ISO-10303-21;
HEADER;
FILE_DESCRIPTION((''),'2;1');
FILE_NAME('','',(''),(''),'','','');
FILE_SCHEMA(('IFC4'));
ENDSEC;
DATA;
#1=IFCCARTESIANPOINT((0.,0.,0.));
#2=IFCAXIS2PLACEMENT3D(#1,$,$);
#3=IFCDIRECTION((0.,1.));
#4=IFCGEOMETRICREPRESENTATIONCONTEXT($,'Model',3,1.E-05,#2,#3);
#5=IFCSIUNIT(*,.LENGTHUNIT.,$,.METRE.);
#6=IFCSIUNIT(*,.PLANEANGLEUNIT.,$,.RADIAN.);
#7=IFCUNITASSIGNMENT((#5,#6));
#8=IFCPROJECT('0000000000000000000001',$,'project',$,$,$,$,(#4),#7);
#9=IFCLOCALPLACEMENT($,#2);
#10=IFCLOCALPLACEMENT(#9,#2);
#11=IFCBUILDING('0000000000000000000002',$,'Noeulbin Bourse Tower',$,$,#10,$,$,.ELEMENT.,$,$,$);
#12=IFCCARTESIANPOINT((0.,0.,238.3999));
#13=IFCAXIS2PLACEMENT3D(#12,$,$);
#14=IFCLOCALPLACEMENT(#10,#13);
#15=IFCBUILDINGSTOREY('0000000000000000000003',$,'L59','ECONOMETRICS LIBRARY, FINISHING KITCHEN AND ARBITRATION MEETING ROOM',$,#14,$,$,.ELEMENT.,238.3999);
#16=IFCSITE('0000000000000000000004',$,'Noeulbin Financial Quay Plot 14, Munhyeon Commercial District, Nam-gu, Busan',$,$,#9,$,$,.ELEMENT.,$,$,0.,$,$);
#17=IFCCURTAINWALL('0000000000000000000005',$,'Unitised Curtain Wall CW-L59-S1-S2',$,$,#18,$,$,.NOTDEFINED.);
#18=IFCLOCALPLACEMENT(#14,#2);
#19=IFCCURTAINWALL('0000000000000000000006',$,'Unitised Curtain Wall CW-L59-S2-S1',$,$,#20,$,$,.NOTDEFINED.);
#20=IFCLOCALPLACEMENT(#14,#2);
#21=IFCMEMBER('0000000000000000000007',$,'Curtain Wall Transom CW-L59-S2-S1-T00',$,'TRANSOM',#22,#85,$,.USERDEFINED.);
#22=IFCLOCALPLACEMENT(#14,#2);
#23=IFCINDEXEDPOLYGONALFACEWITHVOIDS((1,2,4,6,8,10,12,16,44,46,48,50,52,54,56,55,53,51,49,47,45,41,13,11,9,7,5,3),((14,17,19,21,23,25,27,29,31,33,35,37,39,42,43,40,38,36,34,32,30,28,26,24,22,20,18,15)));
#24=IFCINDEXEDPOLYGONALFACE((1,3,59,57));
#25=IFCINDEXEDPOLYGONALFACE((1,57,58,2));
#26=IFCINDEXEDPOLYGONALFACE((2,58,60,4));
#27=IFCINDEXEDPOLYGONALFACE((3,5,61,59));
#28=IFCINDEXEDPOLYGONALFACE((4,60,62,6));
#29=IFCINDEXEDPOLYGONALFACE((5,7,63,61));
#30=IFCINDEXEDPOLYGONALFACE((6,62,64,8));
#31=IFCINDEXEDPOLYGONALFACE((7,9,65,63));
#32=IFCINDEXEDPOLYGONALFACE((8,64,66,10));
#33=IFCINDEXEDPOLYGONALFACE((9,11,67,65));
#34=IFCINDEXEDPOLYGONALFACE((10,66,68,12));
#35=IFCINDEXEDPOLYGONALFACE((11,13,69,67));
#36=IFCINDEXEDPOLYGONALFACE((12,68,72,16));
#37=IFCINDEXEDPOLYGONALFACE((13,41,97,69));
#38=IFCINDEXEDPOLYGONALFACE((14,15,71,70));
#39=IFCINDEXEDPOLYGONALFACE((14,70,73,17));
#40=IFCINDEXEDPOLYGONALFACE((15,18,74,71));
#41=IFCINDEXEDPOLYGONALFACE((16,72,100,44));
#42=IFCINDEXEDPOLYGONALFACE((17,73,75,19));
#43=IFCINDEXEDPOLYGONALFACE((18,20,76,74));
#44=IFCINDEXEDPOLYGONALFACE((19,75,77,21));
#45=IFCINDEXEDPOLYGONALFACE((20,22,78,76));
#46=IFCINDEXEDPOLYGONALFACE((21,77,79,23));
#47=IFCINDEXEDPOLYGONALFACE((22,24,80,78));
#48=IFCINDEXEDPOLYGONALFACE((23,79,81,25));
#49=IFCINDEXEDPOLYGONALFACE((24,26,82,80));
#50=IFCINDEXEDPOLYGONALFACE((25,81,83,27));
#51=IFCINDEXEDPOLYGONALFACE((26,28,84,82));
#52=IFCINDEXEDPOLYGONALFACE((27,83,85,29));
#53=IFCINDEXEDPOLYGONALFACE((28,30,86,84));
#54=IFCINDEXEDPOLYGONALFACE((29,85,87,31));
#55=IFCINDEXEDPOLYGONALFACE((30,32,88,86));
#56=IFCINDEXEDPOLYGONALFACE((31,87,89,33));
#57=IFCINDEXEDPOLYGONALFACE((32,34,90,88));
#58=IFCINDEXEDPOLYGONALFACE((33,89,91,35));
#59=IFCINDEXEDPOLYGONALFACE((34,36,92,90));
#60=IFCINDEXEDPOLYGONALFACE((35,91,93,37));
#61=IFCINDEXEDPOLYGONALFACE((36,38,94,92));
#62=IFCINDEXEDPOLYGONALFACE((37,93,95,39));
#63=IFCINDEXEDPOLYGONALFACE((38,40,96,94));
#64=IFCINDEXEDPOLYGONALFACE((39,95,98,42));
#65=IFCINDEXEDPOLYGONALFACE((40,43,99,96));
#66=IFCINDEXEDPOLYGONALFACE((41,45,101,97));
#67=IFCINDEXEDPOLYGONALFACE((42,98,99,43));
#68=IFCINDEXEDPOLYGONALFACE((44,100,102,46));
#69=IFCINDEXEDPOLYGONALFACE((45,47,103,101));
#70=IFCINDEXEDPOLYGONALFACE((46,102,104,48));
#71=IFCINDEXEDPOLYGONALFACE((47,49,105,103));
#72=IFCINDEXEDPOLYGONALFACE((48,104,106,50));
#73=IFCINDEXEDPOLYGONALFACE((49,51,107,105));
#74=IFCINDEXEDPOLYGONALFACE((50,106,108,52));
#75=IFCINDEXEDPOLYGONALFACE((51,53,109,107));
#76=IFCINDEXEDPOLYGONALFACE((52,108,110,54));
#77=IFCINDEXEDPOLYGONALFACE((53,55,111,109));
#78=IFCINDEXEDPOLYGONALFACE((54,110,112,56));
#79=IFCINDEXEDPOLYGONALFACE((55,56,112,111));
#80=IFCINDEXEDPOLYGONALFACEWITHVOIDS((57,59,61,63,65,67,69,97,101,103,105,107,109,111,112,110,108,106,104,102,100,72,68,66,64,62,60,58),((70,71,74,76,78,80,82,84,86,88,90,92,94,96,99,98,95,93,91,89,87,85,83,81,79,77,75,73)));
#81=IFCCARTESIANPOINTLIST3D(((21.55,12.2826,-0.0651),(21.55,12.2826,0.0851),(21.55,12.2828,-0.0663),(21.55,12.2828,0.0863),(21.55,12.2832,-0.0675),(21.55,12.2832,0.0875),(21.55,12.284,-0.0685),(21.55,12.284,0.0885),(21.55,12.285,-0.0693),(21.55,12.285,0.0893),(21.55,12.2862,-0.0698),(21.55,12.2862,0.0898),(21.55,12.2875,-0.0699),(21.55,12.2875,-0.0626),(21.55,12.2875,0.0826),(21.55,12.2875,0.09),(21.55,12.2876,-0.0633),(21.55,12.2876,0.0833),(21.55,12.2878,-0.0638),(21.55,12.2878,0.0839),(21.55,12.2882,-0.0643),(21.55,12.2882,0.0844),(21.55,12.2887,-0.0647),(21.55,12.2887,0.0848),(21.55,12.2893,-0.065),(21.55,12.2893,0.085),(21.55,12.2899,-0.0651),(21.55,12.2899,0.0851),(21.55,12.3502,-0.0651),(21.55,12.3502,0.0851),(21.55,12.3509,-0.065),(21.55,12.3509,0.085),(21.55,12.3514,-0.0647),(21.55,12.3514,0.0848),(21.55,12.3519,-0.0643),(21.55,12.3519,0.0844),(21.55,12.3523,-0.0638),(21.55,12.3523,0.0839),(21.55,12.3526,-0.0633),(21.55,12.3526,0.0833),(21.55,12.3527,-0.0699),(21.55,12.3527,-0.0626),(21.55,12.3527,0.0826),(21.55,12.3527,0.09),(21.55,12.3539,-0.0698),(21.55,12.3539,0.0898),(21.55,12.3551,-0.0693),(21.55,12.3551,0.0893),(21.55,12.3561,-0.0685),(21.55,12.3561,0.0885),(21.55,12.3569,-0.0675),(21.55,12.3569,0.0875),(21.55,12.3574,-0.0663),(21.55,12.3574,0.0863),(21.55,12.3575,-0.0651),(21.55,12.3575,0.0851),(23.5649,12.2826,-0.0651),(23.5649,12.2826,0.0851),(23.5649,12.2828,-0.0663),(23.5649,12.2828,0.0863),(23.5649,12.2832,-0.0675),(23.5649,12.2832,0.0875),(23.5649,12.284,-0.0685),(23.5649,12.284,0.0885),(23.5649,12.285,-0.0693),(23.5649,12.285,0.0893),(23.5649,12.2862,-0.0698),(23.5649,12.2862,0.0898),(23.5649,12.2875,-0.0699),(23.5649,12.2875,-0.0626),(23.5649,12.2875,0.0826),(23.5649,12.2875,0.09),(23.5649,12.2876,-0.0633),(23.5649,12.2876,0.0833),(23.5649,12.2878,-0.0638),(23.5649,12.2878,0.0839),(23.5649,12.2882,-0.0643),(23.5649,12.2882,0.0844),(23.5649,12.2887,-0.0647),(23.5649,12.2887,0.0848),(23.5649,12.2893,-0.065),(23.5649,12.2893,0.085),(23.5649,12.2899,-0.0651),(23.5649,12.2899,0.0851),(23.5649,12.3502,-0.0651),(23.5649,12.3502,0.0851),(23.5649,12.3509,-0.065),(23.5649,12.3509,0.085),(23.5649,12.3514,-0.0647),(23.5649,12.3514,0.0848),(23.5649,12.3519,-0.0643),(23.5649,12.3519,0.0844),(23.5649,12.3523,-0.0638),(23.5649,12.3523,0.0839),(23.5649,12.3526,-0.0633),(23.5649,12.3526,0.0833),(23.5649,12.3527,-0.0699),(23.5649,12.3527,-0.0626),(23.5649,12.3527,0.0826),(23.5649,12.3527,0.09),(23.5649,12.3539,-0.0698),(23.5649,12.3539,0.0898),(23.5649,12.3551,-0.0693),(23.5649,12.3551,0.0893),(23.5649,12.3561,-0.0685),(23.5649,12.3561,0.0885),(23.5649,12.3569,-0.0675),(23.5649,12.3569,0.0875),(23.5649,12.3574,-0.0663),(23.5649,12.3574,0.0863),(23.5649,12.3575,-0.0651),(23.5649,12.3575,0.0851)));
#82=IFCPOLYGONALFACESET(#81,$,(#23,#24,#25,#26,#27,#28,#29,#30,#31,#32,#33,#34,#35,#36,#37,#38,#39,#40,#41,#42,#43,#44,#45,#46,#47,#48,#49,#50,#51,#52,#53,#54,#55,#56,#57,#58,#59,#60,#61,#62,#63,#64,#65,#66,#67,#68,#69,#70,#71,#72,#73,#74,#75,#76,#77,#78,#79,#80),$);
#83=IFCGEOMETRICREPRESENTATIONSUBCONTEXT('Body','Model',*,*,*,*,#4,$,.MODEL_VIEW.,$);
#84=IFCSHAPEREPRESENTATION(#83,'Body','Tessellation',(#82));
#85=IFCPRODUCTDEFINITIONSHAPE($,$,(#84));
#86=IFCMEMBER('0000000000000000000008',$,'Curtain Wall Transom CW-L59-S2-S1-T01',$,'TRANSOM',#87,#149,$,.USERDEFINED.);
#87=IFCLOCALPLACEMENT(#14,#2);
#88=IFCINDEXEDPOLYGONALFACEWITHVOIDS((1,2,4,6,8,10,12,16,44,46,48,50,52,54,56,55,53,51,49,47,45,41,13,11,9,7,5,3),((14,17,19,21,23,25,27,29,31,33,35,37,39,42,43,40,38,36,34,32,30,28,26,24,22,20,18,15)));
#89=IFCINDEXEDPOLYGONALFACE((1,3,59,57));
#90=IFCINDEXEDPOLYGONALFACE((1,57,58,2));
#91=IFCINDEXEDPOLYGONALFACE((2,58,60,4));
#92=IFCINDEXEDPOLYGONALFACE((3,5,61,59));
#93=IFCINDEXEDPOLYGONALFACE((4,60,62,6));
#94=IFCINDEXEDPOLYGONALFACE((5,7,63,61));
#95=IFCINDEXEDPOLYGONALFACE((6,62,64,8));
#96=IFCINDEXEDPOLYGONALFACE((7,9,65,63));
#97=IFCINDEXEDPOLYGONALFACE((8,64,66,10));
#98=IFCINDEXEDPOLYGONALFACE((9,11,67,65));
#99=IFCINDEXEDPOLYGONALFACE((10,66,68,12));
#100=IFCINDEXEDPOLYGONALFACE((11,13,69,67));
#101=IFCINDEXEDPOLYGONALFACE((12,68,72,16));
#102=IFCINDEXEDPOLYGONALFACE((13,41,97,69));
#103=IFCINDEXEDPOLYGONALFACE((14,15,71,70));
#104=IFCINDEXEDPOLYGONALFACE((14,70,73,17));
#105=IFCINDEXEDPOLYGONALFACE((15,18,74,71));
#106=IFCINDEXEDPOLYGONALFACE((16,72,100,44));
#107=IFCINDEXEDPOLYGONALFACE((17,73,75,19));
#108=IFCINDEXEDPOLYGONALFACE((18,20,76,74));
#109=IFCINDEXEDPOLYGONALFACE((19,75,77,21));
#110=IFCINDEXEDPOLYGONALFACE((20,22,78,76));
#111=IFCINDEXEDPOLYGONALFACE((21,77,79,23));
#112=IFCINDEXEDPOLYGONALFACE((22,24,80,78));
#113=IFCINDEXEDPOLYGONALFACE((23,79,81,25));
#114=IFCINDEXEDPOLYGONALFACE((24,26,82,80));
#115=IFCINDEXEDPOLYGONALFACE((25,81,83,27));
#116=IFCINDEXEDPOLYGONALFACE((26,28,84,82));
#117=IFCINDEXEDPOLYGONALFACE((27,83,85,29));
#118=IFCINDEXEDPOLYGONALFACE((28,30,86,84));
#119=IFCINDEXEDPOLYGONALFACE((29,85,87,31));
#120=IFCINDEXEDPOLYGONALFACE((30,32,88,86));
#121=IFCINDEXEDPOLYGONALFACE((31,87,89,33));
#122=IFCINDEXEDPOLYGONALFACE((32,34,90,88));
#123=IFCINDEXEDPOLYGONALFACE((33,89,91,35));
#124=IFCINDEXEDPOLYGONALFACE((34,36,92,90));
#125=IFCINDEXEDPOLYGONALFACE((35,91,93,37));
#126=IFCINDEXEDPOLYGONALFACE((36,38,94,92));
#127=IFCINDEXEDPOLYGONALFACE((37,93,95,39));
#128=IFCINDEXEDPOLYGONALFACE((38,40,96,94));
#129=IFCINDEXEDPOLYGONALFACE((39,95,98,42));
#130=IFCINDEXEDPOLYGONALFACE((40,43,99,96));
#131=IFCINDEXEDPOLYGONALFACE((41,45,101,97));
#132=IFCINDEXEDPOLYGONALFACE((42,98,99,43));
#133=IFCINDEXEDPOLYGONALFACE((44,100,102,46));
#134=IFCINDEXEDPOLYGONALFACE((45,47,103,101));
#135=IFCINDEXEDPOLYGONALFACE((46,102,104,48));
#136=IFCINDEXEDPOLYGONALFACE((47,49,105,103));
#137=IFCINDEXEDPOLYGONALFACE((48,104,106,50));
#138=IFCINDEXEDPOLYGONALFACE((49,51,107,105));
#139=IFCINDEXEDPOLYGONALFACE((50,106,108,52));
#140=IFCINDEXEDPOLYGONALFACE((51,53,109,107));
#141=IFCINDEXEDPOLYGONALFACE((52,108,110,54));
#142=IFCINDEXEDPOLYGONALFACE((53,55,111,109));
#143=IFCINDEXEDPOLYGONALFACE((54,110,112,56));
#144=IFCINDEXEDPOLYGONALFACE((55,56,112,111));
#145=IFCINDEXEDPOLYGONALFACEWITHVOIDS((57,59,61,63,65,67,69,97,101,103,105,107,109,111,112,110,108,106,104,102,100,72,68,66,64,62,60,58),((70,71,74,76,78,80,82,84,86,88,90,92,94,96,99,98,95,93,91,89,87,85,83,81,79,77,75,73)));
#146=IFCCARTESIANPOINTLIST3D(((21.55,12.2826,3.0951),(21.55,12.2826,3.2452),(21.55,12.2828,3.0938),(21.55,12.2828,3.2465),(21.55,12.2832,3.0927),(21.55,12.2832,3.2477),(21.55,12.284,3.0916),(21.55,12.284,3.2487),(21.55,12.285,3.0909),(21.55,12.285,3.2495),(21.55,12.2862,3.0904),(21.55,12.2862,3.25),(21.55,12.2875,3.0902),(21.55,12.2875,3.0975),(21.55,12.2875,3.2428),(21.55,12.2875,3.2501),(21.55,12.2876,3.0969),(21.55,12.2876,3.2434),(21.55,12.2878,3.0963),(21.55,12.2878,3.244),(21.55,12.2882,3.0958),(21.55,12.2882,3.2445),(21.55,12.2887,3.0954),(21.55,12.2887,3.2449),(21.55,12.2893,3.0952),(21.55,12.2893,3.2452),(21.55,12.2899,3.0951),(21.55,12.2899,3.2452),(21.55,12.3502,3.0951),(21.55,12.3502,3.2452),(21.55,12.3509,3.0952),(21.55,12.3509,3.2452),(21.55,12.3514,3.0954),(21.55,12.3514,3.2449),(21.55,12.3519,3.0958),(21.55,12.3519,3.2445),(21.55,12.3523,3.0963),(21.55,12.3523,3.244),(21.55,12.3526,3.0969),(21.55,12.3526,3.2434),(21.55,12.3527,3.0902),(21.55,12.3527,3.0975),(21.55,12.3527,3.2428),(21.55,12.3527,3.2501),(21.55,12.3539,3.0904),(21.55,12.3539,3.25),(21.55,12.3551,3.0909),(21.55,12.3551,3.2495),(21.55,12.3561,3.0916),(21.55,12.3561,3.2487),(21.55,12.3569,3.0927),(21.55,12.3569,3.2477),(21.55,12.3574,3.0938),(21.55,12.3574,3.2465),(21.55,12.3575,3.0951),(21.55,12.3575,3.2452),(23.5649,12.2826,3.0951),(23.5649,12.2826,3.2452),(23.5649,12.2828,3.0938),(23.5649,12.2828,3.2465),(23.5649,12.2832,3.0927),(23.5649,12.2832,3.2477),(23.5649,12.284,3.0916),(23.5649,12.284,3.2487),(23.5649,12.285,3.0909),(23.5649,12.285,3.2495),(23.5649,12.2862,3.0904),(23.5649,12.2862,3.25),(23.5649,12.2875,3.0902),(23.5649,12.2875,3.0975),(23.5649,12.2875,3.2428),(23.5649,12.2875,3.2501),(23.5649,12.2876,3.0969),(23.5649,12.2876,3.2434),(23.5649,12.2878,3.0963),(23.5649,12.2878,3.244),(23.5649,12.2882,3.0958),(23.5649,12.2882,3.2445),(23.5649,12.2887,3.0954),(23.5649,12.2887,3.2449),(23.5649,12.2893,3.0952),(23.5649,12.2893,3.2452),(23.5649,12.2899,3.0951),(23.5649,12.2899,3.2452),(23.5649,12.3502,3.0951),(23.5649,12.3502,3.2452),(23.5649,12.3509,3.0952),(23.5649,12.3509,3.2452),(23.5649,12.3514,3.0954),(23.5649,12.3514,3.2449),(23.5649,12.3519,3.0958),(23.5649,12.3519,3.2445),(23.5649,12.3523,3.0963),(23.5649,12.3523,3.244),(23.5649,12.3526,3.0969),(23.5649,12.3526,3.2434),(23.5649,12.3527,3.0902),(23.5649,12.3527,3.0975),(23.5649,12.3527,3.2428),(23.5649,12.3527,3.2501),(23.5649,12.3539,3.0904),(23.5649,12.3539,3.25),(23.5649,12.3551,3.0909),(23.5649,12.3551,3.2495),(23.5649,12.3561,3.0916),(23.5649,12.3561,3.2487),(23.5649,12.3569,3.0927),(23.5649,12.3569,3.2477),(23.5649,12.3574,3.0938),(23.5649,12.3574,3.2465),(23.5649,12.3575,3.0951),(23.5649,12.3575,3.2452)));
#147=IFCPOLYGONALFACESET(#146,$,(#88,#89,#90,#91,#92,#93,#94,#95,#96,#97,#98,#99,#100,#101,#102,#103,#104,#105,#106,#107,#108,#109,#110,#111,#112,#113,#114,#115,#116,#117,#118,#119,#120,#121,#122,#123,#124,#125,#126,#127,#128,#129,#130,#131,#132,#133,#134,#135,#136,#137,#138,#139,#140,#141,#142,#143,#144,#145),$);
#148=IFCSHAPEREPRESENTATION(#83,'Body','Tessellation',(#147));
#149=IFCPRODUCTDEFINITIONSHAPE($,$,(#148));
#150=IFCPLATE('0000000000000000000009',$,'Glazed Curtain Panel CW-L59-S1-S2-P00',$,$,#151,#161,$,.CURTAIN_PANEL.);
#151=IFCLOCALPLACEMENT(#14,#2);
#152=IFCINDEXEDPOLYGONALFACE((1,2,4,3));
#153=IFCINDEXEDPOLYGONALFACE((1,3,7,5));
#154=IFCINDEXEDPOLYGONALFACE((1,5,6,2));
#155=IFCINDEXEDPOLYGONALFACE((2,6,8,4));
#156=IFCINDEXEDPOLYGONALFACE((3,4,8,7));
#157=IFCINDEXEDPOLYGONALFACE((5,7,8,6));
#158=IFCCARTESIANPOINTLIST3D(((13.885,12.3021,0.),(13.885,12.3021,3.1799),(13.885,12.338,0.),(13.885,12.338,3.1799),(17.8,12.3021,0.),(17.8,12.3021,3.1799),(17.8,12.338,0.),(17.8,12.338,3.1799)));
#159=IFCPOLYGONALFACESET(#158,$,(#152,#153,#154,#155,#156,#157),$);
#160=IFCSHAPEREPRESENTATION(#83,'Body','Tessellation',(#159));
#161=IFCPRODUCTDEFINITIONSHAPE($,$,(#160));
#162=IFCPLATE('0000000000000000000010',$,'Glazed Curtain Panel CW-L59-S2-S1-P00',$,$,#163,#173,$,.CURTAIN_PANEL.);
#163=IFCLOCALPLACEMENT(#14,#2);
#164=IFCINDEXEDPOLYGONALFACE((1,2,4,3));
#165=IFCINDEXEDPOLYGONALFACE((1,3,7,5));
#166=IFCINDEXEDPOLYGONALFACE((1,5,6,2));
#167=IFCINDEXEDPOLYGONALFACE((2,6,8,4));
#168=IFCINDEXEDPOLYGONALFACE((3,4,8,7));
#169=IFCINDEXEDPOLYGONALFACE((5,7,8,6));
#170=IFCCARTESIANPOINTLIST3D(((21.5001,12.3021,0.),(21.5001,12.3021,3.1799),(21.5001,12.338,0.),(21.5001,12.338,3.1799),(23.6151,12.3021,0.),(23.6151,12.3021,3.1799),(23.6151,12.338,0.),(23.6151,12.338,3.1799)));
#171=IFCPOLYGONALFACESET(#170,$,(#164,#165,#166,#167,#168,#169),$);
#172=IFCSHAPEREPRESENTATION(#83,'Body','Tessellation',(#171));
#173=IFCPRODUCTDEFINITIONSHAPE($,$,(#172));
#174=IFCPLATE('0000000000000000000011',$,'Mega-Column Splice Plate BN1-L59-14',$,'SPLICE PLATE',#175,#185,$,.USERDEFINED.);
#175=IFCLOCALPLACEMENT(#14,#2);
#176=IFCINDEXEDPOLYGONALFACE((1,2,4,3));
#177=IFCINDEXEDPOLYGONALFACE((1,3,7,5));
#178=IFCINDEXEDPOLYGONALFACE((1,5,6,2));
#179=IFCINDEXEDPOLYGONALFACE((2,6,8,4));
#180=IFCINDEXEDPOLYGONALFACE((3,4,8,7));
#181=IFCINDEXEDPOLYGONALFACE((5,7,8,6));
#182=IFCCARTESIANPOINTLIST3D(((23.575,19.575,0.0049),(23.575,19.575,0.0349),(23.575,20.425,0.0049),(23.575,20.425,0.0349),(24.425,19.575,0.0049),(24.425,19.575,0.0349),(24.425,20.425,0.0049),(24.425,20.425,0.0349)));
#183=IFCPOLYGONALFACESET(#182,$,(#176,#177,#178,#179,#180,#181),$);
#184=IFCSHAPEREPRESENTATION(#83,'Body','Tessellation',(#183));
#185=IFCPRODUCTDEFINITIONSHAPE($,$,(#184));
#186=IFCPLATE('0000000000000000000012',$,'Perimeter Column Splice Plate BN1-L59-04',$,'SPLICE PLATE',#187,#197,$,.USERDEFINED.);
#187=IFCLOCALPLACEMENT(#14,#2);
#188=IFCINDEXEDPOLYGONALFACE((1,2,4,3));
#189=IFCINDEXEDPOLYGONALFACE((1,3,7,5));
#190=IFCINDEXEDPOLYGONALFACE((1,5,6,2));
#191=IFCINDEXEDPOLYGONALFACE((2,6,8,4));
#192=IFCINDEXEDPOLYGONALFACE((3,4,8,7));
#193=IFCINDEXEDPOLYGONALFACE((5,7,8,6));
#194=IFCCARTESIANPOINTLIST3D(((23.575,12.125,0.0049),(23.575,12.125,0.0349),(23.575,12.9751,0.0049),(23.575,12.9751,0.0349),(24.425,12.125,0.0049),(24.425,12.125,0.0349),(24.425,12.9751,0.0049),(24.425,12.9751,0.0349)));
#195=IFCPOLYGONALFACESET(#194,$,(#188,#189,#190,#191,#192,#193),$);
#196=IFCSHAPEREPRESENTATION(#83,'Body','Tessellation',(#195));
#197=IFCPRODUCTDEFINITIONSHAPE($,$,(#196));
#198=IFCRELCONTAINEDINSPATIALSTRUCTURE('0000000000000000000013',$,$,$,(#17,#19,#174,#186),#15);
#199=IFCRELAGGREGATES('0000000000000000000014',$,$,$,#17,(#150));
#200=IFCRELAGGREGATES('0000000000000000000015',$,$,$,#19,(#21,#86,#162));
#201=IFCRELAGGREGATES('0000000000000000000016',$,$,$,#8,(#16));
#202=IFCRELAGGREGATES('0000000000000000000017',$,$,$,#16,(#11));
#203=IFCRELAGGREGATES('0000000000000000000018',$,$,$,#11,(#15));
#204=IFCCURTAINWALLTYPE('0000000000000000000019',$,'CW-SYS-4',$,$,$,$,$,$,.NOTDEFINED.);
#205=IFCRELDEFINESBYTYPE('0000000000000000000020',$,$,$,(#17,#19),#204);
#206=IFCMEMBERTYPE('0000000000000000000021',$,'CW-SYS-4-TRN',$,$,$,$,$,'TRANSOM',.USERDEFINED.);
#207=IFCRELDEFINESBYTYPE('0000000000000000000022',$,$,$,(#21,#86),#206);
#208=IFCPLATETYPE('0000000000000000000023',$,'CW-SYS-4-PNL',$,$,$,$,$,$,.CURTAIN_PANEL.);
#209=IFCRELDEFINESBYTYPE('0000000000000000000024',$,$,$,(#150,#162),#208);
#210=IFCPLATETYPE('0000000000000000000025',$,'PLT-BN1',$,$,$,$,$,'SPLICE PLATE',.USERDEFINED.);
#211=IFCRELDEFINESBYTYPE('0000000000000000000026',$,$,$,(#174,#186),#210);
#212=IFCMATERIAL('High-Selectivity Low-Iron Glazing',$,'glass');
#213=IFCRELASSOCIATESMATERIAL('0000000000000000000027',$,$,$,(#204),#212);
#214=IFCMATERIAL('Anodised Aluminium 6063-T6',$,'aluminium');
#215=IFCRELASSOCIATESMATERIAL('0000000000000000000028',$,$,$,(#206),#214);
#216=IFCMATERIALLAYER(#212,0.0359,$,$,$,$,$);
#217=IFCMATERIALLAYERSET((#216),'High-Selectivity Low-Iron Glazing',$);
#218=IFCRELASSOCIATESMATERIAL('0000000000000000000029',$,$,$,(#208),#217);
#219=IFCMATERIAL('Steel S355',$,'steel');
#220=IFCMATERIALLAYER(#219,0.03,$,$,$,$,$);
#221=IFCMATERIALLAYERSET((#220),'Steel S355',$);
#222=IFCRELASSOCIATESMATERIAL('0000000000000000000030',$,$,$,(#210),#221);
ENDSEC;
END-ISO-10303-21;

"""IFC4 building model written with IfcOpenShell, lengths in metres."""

from ifc_helpers import new_model, si_unit, direction, frame, origin, origin_2d, place, context, subcontext, project, spatial, rectangle, hollow_rectangle, extrude, material, layer, layer_set, material_profile, profile_set, type_object, element, aggregate, save


model = new_model("IFC4")

# Units and contexts
model_context = context("Model", 3, precision=1e-05, world=origin(), true_north=direction((0.0, 1.0)))
body_context = subcontext(model_context, "Body", "Model", "MODEL_VIEW")
ifc_project = project(units=[si_unit("LENGTHUNIT", "METRE"), si_unit("PLANEANGLEUNIT", "RADIAN")], contexts=[model_context])

# Site, building, storey
site_placement = place(None, origin())
site = spatial("IfcSite", under=ifc_project, at=site_placement, Name="Noeulbin Financial Quay Plot 14, Munhyeon Commercial District, Nam-gu, Busan", CompositionType="ELEMENT", RefElevation=0.0)
building_placement = place(site_placement, origin())
building = spatial("IfcBuilding", under=site, at=building_placement, Name="Noeulbin Bourse Tower", CompositionType="ELEMENT")
storey_placement = place(building_placement, frame((0.0, 0.0, 238.3999)))
storey = spatial("IfcBuildingStorey", under=building, at=storey_placement, Name="L59", Description="ECONOMETRICS LIBRARY, FINISHING KITCHEN AND ARBITRATION MEETING ROOM", CompositionType="ELEMENT", Elevation=238.3999)

# Shared definitions
ifc_material_1 = material(Name="Steel S355", Category="steel")

# Curtain walls
ifc_material_2 = material(Name="High-Selectivity Low-Iron Glazing", Category="glass")
curtain_wall_type = type_object("IfcCurtainWallType", Name="CW-SYS-4", PredefinedType="NOTDEFINED", material=ifc_material_2)
curtain_wall_1_placement = place(storey_placement, origin())
curtain_wall_1 = element("IfcCurtainWall", 1, at=curtain_wall_1_placement, inside=storey, type_object=curtain_wall_type, Name="Unitised Curtain Wall CW-L59-S1-S2", PredefinedType="NOTDEFINED")
ifc_material_3 = material(Name="Anodised Aluminium 6063-T6", Category="aluminium")
curtain_wall_2_placement = place(storey_placement, origin())
curtain_wall_2 = element("IfcCurtainWall", 2, at=curtain_wall_2_placement, inside=storey, type_object=curtain_wall_type, Name="Unitised Curtain Wall CW-L59-S2-S1", PredefinedType="NOTDEFINED")

# Members
ifc_material_profile_1 = material_profile(ifc_material_3, hollow_rectangle(XDim=0.075, YDim=0.1599, WallThickness=0.0049, InnerFilletRadius=0.0024, OuterFilletRadius=0.0049, at=origin_2d()), Name="ALU-TRAN-75x160x5", Category="LoadBearing")
ifc_profile_set_1 = profile_set([ifc_material_profile_1], Name="Anodised Aluminium 6063-T6")
member_type_1 = type_object("IfcMemberType", Name="CW-SYS-4-TRN", ElementType="TRANSOM", PredefinedType="USERDEFINED", material=ifc_profile_set_1)
member_1_placement = place(storey_placement, frame((21.55, 12.3201, 0.01), z_axis=(1.0, 0.0, 0.0), x_axis=(0.0, 1.0, 0.0)))
member_1 = element("IfcMember", 3, at=member_1_placement, type_object=member_type_1, Name="Curtain Wall Transom CW-L59-S2-S1-T00", ObjectType="TRANSOM", PredefinedType="USERDEFINED", context=body_context, shape_type="SweptSolid", body=[
    extrude(hollow_rectangle(XDim=0.075, YDim=0.1599, WallThickness=0.0049, InnerFilletRadius=0.0024, OuterFilletRadius=0.0049, at=origin_2d()), origin(), (0.0, 0.0, 1.0), 2.0149),
])
member_2_placement = place(storey_placement, frame((21.55, 12.3201, 3.1702), z_axis=(1.0, 0.0, 0.0), x_axis=(0.0, 1.0, 0.0)))
member_2 = element("IfcMember", 4, at=member_2_placement, type_object=member_type_1, Name="Curtain Wall Transom CW-L59-S2-S1-T01", ObjectType="TRANSOM", PredefinedType="USERDEFINED", context=body_context, shape_type="SweptSolid", body=[
    extrude(hollow_rectangle(XDim=0.075, YDim=0.1599, WallThickness=0.0049, InnerFilletRadius=0.0024, OuterFilletRadius=0.0049, at=origin_2d()), origin(), (0.0, 0.0, 1.0), 2.0149),
])

# Plates
ifc_layer_1 = layer(ifc_material_2, 0.0359)
ifc_layer_set_1 = layer_set([ifc_layer_1], Name="High-Selectivity Low-Iron Glazing")
plate_type_1 = type_object("IfcPlateType", Name="CW-SYS-4-PNL", PredefinedType="CURTAIN_PANEL", material=ifc_layer_set_1)
plate_1_placement = place(storey_placement, frame((15.8425, 12.3201, 0.0), z_axis=(0.0, 0.0, 1.0), x_axis=(1.0, 0.0, 0.0)))
plate_1 = element("IfcPlate", 5, at=plate_1_placement, type_object=plate_type_1, Name="Glazed Curtain Panel CW-L59-S1-S2-P00", PredefinedType="CURTAIN_PANEL", context=body_context, shape_type="SweptSolid", body=[
    extrude(rectangle(XDim=3.915, YDim=0.0359, at=origin_2d()), origin(), (0.0, 0.0, 1.0), 3.1799),
])
aggregate(curtain_wall_1, [plate_1])
plate_2_placement = place(storey_placement, frame((22.5576, 12.3201, 0.0), z_axis=(0.0, 0.0, 1.0), x_axis=(1.0, 0.0, 0.0)))
plate_2 = element("IfcPlate", 6, at=plate_2_placement, type_object=plate_type_1, Name="Glazed Curtain Panel CW-L59-S2-S1-P00", PredefinedType="CURTAIN_PANEL", context=body_context, shape_type="SweptSolid", body=[
    extrude(rectangle(XDim=2.115, YDim=0.0359, at=origin_2d()), origin(), (0.0, 0.0, 1.0), 3.1799),
])
aggregate(curtain_wall_2, [member_1, member_2, plate_2])

# Plates
ifc_layer_2 = layer(ifc_material_1, 0.03)
ifc_layer_set_2 = layer_set([ifc_layer_2], Name="Steel S355")
plate_type_2 = type_object("IfcPlateType", Name="PLT-BN1", ElementType="SPLICE PLATE", PredefinedType="USERDEFINED", material=ifc_layer_set_2)
for number, where, z_axis, x_axis, name in (
    (7, (24.0, 20.0, 0.0049), (0.0, 0.0, 1.0), (1.0, 0.0, 0.0), "Mega-Column Splice Plate BN1-L59-14"),
    (8, (24.0, 12.55, 0.0049), (0.0, 0.0, 1.0), (1.0, 0.0, 0.0), "Perimeter Column Splice Plate BN1-L59-04"),
):
    element("IfcPlate", number, at=place(storey_placement, frame(where, z_axis=z_axis, x_axis=x_axis)), inside=storey, type_object=plate_type_2, Name=name, ObjectType="SPLICE PLATE", PredefinedType="USERDEFINED", context=body_context, shape_type="SweptSolid", body=[
        extrude(rectangle(XDim=0.8501, YDim=0.8501, at=origin_2d()), origin(), (0.0, 0.0, 1.0), 0.03),
    ])

save(model, "model.ifc")
